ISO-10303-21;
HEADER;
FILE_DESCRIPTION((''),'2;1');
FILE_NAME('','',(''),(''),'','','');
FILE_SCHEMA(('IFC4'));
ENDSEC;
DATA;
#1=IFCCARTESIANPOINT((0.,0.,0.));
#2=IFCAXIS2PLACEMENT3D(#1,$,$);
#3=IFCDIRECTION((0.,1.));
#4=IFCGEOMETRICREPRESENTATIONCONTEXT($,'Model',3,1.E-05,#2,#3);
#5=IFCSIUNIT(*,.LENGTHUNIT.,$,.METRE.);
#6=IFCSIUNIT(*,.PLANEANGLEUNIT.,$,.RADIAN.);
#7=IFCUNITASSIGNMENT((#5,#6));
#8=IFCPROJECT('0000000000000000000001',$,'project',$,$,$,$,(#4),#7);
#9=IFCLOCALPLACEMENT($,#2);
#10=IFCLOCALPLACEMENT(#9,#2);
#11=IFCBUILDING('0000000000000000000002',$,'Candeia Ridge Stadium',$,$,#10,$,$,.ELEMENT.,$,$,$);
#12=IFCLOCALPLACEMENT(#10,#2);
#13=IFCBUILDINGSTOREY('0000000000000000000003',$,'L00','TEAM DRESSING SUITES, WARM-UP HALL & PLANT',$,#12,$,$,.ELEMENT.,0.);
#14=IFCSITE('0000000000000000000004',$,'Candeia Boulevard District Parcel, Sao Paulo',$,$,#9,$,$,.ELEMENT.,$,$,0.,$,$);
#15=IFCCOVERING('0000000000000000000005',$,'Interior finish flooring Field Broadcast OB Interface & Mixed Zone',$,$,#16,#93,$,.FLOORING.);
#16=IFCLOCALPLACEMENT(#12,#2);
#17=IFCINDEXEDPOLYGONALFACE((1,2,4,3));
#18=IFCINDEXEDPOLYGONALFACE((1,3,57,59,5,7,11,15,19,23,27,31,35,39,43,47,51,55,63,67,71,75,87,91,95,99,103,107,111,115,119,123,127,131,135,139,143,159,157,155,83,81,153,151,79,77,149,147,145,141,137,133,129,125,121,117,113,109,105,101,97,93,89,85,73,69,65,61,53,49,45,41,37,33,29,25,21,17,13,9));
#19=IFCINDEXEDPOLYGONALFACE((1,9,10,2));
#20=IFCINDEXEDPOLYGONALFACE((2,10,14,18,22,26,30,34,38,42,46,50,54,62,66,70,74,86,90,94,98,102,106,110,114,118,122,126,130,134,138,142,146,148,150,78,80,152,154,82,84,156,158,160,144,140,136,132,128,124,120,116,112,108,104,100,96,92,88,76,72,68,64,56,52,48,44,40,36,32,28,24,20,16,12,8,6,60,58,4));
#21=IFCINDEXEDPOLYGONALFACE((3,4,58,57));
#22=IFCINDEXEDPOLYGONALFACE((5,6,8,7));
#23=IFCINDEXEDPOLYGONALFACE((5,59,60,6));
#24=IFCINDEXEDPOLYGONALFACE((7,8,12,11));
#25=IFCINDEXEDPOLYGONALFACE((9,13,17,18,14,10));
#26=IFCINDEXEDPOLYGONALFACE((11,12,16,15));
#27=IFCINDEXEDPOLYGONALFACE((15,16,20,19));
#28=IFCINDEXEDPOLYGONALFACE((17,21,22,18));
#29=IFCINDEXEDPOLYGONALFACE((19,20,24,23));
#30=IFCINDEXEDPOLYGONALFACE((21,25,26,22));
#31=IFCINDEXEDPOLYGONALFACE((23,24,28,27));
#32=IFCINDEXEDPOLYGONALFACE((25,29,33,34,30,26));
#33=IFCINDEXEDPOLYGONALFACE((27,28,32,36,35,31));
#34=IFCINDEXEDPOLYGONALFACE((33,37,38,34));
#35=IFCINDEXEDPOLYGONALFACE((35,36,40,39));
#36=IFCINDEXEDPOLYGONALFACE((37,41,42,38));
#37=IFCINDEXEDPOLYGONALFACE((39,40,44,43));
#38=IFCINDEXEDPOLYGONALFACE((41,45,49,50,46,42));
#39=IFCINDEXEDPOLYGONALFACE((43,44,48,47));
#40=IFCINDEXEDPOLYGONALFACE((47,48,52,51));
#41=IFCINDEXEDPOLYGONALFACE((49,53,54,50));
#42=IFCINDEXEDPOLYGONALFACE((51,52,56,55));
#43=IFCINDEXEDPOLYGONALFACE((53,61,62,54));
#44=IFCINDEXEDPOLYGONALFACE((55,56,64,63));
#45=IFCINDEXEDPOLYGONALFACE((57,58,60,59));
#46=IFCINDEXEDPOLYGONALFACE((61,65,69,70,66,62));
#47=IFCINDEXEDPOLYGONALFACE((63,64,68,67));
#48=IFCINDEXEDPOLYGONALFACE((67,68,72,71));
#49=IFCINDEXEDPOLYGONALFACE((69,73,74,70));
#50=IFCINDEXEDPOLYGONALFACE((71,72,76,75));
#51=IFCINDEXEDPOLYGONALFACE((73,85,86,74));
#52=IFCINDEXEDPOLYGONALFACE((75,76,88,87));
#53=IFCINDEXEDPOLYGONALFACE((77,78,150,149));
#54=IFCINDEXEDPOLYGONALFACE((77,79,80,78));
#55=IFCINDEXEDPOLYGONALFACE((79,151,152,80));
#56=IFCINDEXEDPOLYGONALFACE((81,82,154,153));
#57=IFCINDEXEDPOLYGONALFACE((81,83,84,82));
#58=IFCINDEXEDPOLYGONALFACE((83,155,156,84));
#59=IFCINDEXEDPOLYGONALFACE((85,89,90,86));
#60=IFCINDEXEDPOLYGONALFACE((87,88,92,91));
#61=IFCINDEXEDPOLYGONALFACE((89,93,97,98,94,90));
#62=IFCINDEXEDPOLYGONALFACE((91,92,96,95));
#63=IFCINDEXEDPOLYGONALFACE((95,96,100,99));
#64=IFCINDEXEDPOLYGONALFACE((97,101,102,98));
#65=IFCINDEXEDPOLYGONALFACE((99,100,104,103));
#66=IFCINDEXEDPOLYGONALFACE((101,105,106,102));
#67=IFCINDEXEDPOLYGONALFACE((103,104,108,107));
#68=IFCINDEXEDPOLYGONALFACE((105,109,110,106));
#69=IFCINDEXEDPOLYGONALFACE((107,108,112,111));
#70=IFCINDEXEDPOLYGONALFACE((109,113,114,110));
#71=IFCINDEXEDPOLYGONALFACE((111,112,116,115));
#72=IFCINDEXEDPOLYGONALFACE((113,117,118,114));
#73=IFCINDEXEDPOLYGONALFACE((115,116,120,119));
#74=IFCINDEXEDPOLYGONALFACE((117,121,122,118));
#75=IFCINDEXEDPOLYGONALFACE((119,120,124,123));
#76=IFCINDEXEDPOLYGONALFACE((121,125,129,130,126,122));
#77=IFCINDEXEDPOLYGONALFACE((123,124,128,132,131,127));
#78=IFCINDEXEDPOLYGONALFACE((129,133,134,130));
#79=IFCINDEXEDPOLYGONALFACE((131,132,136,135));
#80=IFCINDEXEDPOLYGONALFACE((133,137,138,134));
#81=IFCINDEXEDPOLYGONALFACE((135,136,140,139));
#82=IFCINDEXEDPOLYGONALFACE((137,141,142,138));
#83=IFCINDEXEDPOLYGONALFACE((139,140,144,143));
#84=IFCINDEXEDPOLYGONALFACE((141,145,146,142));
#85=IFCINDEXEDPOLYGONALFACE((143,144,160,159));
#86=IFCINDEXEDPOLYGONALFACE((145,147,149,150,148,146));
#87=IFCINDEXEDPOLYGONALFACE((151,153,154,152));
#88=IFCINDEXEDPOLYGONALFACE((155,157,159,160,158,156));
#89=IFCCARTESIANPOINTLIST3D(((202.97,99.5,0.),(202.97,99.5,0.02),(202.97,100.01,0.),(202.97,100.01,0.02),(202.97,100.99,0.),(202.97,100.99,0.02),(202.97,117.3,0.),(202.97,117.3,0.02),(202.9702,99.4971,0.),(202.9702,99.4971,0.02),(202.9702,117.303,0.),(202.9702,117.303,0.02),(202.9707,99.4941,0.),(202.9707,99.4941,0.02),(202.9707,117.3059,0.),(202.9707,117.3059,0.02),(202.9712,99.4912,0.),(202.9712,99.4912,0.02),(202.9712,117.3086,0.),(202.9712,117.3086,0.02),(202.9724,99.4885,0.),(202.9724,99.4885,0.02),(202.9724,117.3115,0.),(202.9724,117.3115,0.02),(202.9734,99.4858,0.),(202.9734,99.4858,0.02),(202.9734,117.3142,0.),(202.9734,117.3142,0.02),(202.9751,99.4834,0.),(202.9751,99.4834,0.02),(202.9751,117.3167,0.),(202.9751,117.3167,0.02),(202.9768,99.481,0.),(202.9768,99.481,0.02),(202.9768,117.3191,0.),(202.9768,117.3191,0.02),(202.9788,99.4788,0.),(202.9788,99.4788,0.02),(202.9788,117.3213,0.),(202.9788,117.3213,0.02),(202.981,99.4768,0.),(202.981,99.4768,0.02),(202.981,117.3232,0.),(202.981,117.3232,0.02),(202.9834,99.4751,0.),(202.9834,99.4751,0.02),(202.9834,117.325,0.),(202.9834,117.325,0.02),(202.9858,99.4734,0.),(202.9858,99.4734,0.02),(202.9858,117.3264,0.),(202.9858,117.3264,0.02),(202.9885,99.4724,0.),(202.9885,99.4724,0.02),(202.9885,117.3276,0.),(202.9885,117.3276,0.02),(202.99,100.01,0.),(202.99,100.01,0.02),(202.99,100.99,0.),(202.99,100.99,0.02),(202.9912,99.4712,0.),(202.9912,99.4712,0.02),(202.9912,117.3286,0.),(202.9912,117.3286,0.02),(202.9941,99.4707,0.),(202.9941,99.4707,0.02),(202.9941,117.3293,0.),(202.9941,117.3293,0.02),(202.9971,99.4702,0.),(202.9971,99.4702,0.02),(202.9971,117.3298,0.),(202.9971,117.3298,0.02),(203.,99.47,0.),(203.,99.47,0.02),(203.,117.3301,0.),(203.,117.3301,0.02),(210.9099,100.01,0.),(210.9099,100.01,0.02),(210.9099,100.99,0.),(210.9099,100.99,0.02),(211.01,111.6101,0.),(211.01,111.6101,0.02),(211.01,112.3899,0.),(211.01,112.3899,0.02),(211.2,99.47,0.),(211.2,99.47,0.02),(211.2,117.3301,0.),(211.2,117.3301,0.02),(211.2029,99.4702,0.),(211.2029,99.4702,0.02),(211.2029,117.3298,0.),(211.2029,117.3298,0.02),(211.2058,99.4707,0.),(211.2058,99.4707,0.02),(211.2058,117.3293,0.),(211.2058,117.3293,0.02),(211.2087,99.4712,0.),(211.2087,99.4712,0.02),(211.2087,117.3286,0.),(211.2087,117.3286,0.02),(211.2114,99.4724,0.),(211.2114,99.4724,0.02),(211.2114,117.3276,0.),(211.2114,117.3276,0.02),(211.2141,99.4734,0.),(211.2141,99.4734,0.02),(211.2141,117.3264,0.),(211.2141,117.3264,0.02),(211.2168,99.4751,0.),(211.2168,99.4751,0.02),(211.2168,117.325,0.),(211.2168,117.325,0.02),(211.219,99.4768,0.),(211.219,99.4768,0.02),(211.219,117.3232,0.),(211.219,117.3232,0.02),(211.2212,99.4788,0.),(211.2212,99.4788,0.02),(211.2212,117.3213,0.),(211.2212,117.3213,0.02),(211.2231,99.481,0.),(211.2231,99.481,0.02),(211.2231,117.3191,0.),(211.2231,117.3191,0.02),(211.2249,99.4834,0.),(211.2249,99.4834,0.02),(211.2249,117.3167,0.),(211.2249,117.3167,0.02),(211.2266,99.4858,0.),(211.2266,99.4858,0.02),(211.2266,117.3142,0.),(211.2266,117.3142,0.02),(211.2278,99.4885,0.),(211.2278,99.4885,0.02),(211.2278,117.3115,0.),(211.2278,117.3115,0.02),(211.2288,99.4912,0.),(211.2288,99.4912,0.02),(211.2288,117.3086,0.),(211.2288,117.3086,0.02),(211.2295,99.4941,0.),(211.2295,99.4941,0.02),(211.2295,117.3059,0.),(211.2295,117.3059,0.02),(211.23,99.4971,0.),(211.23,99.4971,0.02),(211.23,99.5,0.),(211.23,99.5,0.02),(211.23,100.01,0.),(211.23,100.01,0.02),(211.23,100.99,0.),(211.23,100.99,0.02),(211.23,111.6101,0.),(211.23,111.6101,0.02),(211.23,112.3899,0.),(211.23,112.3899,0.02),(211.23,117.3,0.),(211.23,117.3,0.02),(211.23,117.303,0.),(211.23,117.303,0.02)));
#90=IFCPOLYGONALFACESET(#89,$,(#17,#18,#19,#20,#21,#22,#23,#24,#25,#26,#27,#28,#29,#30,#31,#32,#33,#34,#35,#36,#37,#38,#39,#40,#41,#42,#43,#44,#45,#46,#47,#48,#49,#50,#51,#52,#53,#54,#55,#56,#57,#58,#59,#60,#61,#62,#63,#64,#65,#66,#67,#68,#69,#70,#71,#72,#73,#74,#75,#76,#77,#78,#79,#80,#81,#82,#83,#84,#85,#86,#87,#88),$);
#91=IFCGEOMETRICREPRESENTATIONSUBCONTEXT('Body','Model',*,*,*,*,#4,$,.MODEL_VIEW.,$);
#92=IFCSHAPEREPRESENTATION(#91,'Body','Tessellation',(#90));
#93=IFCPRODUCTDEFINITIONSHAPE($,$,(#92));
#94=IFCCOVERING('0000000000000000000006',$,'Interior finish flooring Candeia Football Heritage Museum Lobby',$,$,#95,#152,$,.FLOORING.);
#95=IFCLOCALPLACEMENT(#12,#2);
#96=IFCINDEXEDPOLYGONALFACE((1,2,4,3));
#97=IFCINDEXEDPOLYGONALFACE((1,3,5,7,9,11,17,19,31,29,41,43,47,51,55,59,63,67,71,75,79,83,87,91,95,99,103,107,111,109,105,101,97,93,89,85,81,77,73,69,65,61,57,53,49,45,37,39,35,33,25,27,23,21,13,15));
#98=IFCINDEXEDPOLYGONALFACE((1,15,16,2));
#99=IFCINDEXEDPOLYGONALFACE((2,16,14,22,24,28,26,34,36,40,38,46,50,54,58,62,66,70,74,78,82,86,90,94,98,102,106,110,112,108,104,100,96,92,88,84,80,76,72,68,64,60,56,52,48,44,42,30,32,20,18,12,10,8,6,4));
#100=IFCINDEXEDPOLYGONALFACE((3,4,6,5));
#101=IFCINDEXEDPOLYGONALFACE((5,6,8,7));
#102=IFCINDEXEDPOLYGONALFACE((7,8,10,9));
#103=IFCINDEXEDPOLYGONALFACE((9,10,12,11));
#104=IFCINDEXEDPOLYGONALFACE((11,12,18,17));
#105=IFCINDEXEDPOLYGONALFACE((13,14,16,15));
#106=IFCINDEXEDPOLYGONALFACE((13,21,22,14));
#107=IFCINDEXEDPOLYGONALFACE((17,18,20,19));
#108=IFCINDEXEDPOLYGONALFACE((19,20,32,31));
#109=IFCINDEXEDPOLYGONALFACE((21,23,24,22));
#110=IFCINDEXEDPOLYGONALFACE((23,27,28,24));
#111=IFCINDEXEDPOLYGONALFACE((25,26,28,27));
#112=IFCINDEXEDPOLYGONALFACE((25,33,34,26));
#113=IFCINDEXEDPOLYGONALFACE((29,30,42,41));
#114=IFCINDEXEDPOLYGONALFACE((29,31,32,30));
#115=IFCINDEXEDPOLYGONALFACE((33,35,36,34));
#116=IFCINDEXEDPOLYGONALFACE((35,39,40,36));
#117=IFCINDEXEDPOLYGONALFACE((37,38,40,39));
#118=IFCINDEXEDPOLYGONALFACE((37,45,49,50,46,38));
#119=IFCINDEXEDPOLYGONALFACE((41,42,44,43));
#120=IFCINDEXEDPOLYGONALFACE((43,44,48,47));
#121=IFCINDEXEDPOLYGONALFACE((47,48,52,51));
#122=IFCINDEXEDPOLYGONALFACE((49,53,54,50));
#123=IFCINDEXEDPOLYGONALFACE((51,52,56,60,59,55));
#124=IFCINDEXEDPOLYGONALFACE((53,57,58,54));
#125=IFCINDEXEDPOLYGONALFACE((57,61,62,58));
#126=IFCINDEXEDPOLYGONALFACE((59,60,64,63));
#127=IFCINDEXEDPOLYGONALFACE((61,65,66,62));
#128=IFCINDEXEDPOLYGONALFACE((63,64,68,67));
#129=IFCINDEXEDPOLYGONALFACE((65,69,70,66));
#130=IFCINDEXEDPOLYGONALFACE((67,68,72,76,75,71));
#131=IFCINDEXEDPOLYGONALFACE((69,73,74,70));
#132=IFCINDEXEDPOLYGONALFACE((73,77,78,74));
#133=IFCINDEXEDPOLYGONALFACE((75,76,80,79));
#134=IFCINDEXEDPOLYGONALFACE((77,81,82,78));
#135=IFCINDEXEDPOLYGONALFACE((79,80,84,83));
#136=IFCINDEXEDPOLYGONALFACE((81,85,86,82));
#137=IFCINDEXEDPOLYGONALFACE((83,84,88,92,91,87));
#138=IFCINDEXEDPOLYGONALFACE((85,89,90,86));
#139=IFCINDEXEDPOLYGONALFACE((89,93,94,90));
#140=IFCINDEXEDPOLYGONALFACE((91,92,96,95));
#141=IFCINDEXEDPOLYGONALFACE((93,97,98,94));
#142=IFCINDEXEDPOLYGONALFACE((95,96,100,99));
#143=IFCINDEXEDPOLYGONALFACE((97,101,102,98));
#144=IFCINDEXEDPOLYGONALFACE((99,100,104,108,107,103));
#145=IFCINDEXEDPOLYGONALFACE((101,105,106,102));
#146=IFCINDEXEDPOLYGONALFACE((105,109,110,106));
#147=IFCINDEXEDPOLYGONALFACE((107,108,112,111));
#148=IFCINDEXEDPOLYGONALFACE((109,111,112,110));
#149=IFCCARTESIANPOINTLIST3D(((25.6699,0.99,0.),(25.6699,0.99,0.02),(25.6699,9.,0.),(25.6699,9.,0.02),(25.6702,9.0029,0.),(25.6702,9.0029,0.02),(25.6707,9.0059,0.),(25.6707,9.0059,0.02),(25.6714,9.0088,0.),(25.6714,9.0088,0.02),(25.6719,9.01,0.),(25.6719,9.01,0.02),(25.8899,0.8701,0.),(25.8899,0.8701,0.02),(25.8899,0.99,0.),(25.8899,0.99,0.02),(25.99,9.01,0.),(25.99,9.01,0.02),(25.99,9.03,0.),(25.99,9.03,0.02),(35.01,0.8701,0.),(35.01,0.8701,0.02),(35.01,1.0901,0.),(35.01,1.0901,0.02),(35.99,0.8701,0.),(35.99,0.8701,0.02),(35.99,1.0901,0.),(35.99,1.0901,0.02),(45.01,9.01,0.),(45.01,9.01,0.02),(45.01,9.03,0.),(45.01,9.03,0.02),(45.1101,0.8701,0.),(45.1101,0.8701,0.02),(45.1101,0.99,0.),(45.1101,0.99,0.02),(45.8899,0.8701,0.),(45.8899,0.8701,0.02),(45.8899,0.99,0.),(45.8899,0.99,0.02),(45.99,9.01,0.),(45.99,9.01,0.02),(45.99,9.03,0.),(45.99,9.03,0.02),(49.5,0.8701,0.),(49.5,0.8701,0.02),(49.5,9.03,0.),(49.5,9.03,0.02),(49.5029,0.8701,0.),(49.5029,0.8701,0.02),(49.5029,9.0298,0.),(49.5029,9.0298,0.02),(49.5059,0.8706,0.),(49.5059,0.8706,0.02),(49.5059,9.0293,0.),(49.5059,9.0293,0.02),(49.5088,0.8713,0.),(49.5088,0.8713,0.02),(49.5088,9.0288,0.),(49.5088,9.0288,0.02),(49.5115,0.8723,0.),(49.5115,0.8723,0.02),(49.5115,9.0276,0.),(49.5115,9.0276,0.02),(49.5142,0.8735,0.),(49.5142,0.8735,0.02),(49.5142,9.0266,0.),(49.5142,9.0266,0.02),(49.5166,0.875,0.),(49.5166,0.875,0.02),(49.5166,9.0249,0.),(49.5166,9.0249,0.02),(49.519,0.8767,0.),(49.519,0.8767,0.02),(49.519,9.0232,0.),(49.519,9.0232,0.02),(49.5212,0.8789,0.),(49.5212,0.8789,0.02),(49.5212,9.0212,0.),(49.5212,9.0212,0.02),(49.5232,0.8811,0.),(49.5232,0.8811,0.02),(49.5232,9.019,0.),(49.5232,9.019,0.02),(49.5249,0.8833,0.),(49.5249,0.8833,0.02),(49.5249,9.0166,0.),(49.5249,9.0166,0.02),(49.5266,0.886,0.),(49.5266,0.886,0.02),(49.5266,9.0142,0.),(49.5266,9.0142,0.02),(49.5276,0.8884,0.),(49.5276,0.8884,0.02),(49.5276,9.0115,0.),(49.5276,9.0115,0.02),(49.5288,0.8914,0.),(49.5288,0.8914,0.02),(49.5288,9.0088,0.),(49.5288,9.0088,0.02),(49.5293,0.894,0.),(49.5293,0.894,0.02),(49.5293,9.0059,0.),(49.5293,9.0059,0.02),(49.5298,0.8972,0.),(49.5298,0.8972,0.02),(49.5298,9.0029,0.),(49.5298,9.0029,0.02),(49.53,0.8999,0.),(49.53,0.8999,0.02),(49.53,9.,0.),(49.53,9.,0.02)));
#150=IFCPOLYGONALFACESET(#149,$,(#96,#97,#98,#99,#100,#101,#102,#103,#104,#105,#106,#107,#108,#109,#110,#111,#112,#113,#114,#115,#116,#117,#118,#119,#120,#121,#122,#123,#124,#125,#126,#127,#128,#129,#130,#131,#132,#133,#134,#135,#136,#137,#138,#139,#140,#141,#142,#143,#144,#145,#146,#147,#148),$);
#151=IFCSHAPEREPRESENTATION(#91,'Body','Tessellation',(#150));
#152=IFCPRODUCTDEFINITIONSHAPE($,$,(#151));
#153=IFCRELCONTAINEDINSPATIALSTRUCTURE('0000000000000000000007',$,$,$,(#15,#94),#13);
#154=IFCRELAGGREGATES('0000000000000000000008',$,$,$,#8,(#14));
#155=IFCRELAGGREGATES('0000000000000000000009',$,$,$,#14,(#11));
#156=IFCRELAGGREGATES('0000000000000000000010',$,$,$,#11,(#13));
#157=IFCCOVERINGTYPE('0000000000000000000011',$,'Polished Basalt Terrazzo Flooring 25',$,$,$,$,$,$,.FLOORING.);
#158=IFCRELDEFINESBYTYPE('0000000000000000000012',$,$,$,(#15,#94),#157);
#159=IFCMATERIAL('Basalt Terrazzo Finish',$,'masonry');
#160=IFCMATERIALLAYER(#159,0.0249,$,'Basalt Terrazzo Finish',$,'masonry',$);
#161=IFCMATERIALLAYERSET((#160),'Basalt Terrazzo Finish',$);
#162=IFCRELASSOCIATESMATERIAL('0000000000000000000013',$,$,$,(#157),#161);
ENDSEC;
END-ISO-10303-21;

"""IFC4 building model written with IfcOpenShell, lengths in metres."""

from ifc_helpers import new_model, si_unit, direction, origin, place, context, subcontext, project, spatial, polyline, outline, extrude, material, layer, layer_set, type_object, element, save


model = new_model("IFC4")

# Units and contexts
model_context = context("Model", 3, precision=1e-05, world=origin(), true_north=direction((0.0, 1.0)))
body_context = subcontext(model_context, "Body", "Model", "MODEL_VIEW")
ifc_project = project(units=[si_unit("LENGTHUNIT", "METRE"), si_unit("PLANEANGLEUNIT", "RADIAN")], contexts=[model_context])

# Site, building, storey
site_placement = place(None, origin())
site = spatial("IfcSite", under=ifc_project, at=site_placement, Name="Candeia Boulevard District Parcel, Sao Paulo", CompositionType="ELEMENT", RefElevation=0.0)
building_placement = place(site_placement, origin())
building = spatial("IfcBuilding", under=site, at=building_placement, Name="Candeia Ridge Stadium", CompositionType="ELEMENT")
storey_placement = place(building_placement, origin())
storey = spatial("IfcBuildingStorey", under=building, at=storey_placement, Name="L00", Description="TEAM DRESSING SUITES, WARM-UP HALL & PLANT", CompositionType="ELEMENT", Elevation=0.0)

# Coverings
ifc_material_1 = material(Name="Basalt Terrazzo Finish", Category="masonry")
ifc_layer_1 = layer(ifc_material_1, 0.0249, Name="Basalt Terrazzo Finish", Category="masonry")
ifc_layer_set_1 = layer_set([ifc_layer_1], Name="Basalt Terrazzo Finish")
covering_type_1 = type_object("IfcCoveringType", Name="Polished Basalt Terrazzo Flooring 25", PredefinedType="FLOORING", material=ifc_layer_set_1)
covering_1_placement = place(storey_placement, origin())
element("IfcCovering", 1, at=covering_1_placement, inside=storey, type_object=covering_type_1, Name="Interior finish flooring Field Broadcast OB Interface & Mixed Zone", PredefinedType="FLOORING", context=body_context, shape_type="SweptSolid", body=[
    extrude(outline(polyline([(202.9941, 99.4707), (202.9912, 99.4712), (202.9885, 99.4724), (202.9858, 99.4734), (202.9834, 99.4751), (202.981, 99.4768), (202.9788, 99.4788), (202.9768, 99.481), (202.9751, 99.4834), (202.9734, 99.4858), (202.9724, 99.4885), (202.9712, 99.4912), (202.9707, 99.4941), (202.9702, 99.4971), (202.97, 99.5), (202.97, 100.01), (202.99, 100.01), (202.99, 100.99), (202.97, 100.99), (202.97, 117.3), (202.9702, 117.303), (202.9707, 117.3059), (202.9712, 117.3086), (202.9724, 117.3115), (202.9734, 117.3142), (202.9751, 117.3167), (202.9768, 117.3191), (202.9788, 117.3213), (202.981, 117.3232), (202.9834, 117.325), (202.9858, 117.3264), (202.9885, 117.3276), (202.9912, 117.3286), (202.9941, 117.3293), (202.9971, 117.3298), (203.0, 117.3301), (211.2, 117.3301), (211.2029, 117.3298), (211.2058, 117.3293), (211.2087, 117.3286), (211.2114, 117.3276), (211.2141, 117.3264), (211.2168, 117.325), (211.219, 117.3232), (211.2212, 117.3213), (211.2231, 117.3191), (211.2249, 117.3167), (211.2266, 117.3142), (211.2278, 117.3115), (211.2288, 117.3086), (211.2295, 117.3059), (211.23, 117.303), (211.23, 117.3), (211.23, 112.3899), (211.01, 112.3899), (211.01, 111.6101), (211.23, 111.6101), (211.23, 100.99), (210.9099, 100.99), (210.9099, 100.01), (211.23, 100.01), (211.23, 99.5), (211.23, 99.4971), (211.2295, 99.4941), (211.2288, 99.4912), (211.2278, 99.4885), (211.2266, 99.4858), (211.2249, 99.4834), (211.2231, 99.481), (211.2212, 99.4788), (211.219, 99.4768), (211.2168, 99.4751), (211.2141, 99.4734), (211.2114, 99.4724), (211.2087, 99.4712), (211.2058, 99.4707), (211.2029, 99.4702), (211.2, 99.47), (203.0, 99.47), (202.9971, 99.4702), (202.9941, 99.4707)])), origin(), (0.0, 0.0, 1.0), 0.02),
])
covering_2_placement = place(storey_placement, origin())
element("IfcCovering", 2, at=covering_2_placement, inside=storey, type_object=covering_type_1, Name="Interior finish flooring Candeia Football Heritage Museum Lobby", PredefinedType="FLOORING", context=body_context, shape_type="SweptSolid", body=[
    extrude(outline(polyline([(25.6702, 9.0029), (25.6707, 9.0059), (25.6714, 9.0088), (25.6719, 9.01), (25.99, 9.01), (25.99, 9.03), (45.01, 9.03), (45.01, 9.01), (45.99, 9.01), (45.99, 9.03), (49.5, 9.03), (49.5029, 9.0298), (49.5059, 9.0293), (49.5088, 9.0288), (49.5115, 9.0276), (49.5142, 9.0266), (49.5166, 9.0249), (49.519, 9.0232), (49.5212, 9.0212), (49.5232, 9.019), (49.5249, 9.0166), (49.5266, 9.0142), (49.5276, 9.0115), (49.5288, 9.0088), (49.5293, 9.0059), (49.5298, 9.0029), (49.53, 9.0), (49.53, 0.8999), (49.5298, 0.8972), (49.5293, 0.894), (49.5288, 0.8914), (49.5276, 0.8884), (49.5266, 0.886), (49.5249, 0.8833), (49.5232, 0.8811), (49.5212, 0.8789), (49.519, 0.8767), (49.5166, 0.875), (49.5142, 0.8735), (49.5115, 0.8723), (49.5088, 0.8713), (49.5059, 0.8706), (49.5029, 0.8701), (49.5, 0.8701), (45.8899, 0.8701), (45.8899, 0.99), (45.1101, 0.99), (45.1101, 0.8701), (35.99, 0.8701), (35.99, 1.0901), (35.01, 1.0901), (35.01, 0.8701), (25.8899, 0.8701), (25.8899, 0.99), (25.6699, 0.99), (25.6699, 9.0), (25.6702, 9.0029)])), origin(), (0.0, 0.0, 1.0), 0.02),
])

save(model, "model.ifc")
